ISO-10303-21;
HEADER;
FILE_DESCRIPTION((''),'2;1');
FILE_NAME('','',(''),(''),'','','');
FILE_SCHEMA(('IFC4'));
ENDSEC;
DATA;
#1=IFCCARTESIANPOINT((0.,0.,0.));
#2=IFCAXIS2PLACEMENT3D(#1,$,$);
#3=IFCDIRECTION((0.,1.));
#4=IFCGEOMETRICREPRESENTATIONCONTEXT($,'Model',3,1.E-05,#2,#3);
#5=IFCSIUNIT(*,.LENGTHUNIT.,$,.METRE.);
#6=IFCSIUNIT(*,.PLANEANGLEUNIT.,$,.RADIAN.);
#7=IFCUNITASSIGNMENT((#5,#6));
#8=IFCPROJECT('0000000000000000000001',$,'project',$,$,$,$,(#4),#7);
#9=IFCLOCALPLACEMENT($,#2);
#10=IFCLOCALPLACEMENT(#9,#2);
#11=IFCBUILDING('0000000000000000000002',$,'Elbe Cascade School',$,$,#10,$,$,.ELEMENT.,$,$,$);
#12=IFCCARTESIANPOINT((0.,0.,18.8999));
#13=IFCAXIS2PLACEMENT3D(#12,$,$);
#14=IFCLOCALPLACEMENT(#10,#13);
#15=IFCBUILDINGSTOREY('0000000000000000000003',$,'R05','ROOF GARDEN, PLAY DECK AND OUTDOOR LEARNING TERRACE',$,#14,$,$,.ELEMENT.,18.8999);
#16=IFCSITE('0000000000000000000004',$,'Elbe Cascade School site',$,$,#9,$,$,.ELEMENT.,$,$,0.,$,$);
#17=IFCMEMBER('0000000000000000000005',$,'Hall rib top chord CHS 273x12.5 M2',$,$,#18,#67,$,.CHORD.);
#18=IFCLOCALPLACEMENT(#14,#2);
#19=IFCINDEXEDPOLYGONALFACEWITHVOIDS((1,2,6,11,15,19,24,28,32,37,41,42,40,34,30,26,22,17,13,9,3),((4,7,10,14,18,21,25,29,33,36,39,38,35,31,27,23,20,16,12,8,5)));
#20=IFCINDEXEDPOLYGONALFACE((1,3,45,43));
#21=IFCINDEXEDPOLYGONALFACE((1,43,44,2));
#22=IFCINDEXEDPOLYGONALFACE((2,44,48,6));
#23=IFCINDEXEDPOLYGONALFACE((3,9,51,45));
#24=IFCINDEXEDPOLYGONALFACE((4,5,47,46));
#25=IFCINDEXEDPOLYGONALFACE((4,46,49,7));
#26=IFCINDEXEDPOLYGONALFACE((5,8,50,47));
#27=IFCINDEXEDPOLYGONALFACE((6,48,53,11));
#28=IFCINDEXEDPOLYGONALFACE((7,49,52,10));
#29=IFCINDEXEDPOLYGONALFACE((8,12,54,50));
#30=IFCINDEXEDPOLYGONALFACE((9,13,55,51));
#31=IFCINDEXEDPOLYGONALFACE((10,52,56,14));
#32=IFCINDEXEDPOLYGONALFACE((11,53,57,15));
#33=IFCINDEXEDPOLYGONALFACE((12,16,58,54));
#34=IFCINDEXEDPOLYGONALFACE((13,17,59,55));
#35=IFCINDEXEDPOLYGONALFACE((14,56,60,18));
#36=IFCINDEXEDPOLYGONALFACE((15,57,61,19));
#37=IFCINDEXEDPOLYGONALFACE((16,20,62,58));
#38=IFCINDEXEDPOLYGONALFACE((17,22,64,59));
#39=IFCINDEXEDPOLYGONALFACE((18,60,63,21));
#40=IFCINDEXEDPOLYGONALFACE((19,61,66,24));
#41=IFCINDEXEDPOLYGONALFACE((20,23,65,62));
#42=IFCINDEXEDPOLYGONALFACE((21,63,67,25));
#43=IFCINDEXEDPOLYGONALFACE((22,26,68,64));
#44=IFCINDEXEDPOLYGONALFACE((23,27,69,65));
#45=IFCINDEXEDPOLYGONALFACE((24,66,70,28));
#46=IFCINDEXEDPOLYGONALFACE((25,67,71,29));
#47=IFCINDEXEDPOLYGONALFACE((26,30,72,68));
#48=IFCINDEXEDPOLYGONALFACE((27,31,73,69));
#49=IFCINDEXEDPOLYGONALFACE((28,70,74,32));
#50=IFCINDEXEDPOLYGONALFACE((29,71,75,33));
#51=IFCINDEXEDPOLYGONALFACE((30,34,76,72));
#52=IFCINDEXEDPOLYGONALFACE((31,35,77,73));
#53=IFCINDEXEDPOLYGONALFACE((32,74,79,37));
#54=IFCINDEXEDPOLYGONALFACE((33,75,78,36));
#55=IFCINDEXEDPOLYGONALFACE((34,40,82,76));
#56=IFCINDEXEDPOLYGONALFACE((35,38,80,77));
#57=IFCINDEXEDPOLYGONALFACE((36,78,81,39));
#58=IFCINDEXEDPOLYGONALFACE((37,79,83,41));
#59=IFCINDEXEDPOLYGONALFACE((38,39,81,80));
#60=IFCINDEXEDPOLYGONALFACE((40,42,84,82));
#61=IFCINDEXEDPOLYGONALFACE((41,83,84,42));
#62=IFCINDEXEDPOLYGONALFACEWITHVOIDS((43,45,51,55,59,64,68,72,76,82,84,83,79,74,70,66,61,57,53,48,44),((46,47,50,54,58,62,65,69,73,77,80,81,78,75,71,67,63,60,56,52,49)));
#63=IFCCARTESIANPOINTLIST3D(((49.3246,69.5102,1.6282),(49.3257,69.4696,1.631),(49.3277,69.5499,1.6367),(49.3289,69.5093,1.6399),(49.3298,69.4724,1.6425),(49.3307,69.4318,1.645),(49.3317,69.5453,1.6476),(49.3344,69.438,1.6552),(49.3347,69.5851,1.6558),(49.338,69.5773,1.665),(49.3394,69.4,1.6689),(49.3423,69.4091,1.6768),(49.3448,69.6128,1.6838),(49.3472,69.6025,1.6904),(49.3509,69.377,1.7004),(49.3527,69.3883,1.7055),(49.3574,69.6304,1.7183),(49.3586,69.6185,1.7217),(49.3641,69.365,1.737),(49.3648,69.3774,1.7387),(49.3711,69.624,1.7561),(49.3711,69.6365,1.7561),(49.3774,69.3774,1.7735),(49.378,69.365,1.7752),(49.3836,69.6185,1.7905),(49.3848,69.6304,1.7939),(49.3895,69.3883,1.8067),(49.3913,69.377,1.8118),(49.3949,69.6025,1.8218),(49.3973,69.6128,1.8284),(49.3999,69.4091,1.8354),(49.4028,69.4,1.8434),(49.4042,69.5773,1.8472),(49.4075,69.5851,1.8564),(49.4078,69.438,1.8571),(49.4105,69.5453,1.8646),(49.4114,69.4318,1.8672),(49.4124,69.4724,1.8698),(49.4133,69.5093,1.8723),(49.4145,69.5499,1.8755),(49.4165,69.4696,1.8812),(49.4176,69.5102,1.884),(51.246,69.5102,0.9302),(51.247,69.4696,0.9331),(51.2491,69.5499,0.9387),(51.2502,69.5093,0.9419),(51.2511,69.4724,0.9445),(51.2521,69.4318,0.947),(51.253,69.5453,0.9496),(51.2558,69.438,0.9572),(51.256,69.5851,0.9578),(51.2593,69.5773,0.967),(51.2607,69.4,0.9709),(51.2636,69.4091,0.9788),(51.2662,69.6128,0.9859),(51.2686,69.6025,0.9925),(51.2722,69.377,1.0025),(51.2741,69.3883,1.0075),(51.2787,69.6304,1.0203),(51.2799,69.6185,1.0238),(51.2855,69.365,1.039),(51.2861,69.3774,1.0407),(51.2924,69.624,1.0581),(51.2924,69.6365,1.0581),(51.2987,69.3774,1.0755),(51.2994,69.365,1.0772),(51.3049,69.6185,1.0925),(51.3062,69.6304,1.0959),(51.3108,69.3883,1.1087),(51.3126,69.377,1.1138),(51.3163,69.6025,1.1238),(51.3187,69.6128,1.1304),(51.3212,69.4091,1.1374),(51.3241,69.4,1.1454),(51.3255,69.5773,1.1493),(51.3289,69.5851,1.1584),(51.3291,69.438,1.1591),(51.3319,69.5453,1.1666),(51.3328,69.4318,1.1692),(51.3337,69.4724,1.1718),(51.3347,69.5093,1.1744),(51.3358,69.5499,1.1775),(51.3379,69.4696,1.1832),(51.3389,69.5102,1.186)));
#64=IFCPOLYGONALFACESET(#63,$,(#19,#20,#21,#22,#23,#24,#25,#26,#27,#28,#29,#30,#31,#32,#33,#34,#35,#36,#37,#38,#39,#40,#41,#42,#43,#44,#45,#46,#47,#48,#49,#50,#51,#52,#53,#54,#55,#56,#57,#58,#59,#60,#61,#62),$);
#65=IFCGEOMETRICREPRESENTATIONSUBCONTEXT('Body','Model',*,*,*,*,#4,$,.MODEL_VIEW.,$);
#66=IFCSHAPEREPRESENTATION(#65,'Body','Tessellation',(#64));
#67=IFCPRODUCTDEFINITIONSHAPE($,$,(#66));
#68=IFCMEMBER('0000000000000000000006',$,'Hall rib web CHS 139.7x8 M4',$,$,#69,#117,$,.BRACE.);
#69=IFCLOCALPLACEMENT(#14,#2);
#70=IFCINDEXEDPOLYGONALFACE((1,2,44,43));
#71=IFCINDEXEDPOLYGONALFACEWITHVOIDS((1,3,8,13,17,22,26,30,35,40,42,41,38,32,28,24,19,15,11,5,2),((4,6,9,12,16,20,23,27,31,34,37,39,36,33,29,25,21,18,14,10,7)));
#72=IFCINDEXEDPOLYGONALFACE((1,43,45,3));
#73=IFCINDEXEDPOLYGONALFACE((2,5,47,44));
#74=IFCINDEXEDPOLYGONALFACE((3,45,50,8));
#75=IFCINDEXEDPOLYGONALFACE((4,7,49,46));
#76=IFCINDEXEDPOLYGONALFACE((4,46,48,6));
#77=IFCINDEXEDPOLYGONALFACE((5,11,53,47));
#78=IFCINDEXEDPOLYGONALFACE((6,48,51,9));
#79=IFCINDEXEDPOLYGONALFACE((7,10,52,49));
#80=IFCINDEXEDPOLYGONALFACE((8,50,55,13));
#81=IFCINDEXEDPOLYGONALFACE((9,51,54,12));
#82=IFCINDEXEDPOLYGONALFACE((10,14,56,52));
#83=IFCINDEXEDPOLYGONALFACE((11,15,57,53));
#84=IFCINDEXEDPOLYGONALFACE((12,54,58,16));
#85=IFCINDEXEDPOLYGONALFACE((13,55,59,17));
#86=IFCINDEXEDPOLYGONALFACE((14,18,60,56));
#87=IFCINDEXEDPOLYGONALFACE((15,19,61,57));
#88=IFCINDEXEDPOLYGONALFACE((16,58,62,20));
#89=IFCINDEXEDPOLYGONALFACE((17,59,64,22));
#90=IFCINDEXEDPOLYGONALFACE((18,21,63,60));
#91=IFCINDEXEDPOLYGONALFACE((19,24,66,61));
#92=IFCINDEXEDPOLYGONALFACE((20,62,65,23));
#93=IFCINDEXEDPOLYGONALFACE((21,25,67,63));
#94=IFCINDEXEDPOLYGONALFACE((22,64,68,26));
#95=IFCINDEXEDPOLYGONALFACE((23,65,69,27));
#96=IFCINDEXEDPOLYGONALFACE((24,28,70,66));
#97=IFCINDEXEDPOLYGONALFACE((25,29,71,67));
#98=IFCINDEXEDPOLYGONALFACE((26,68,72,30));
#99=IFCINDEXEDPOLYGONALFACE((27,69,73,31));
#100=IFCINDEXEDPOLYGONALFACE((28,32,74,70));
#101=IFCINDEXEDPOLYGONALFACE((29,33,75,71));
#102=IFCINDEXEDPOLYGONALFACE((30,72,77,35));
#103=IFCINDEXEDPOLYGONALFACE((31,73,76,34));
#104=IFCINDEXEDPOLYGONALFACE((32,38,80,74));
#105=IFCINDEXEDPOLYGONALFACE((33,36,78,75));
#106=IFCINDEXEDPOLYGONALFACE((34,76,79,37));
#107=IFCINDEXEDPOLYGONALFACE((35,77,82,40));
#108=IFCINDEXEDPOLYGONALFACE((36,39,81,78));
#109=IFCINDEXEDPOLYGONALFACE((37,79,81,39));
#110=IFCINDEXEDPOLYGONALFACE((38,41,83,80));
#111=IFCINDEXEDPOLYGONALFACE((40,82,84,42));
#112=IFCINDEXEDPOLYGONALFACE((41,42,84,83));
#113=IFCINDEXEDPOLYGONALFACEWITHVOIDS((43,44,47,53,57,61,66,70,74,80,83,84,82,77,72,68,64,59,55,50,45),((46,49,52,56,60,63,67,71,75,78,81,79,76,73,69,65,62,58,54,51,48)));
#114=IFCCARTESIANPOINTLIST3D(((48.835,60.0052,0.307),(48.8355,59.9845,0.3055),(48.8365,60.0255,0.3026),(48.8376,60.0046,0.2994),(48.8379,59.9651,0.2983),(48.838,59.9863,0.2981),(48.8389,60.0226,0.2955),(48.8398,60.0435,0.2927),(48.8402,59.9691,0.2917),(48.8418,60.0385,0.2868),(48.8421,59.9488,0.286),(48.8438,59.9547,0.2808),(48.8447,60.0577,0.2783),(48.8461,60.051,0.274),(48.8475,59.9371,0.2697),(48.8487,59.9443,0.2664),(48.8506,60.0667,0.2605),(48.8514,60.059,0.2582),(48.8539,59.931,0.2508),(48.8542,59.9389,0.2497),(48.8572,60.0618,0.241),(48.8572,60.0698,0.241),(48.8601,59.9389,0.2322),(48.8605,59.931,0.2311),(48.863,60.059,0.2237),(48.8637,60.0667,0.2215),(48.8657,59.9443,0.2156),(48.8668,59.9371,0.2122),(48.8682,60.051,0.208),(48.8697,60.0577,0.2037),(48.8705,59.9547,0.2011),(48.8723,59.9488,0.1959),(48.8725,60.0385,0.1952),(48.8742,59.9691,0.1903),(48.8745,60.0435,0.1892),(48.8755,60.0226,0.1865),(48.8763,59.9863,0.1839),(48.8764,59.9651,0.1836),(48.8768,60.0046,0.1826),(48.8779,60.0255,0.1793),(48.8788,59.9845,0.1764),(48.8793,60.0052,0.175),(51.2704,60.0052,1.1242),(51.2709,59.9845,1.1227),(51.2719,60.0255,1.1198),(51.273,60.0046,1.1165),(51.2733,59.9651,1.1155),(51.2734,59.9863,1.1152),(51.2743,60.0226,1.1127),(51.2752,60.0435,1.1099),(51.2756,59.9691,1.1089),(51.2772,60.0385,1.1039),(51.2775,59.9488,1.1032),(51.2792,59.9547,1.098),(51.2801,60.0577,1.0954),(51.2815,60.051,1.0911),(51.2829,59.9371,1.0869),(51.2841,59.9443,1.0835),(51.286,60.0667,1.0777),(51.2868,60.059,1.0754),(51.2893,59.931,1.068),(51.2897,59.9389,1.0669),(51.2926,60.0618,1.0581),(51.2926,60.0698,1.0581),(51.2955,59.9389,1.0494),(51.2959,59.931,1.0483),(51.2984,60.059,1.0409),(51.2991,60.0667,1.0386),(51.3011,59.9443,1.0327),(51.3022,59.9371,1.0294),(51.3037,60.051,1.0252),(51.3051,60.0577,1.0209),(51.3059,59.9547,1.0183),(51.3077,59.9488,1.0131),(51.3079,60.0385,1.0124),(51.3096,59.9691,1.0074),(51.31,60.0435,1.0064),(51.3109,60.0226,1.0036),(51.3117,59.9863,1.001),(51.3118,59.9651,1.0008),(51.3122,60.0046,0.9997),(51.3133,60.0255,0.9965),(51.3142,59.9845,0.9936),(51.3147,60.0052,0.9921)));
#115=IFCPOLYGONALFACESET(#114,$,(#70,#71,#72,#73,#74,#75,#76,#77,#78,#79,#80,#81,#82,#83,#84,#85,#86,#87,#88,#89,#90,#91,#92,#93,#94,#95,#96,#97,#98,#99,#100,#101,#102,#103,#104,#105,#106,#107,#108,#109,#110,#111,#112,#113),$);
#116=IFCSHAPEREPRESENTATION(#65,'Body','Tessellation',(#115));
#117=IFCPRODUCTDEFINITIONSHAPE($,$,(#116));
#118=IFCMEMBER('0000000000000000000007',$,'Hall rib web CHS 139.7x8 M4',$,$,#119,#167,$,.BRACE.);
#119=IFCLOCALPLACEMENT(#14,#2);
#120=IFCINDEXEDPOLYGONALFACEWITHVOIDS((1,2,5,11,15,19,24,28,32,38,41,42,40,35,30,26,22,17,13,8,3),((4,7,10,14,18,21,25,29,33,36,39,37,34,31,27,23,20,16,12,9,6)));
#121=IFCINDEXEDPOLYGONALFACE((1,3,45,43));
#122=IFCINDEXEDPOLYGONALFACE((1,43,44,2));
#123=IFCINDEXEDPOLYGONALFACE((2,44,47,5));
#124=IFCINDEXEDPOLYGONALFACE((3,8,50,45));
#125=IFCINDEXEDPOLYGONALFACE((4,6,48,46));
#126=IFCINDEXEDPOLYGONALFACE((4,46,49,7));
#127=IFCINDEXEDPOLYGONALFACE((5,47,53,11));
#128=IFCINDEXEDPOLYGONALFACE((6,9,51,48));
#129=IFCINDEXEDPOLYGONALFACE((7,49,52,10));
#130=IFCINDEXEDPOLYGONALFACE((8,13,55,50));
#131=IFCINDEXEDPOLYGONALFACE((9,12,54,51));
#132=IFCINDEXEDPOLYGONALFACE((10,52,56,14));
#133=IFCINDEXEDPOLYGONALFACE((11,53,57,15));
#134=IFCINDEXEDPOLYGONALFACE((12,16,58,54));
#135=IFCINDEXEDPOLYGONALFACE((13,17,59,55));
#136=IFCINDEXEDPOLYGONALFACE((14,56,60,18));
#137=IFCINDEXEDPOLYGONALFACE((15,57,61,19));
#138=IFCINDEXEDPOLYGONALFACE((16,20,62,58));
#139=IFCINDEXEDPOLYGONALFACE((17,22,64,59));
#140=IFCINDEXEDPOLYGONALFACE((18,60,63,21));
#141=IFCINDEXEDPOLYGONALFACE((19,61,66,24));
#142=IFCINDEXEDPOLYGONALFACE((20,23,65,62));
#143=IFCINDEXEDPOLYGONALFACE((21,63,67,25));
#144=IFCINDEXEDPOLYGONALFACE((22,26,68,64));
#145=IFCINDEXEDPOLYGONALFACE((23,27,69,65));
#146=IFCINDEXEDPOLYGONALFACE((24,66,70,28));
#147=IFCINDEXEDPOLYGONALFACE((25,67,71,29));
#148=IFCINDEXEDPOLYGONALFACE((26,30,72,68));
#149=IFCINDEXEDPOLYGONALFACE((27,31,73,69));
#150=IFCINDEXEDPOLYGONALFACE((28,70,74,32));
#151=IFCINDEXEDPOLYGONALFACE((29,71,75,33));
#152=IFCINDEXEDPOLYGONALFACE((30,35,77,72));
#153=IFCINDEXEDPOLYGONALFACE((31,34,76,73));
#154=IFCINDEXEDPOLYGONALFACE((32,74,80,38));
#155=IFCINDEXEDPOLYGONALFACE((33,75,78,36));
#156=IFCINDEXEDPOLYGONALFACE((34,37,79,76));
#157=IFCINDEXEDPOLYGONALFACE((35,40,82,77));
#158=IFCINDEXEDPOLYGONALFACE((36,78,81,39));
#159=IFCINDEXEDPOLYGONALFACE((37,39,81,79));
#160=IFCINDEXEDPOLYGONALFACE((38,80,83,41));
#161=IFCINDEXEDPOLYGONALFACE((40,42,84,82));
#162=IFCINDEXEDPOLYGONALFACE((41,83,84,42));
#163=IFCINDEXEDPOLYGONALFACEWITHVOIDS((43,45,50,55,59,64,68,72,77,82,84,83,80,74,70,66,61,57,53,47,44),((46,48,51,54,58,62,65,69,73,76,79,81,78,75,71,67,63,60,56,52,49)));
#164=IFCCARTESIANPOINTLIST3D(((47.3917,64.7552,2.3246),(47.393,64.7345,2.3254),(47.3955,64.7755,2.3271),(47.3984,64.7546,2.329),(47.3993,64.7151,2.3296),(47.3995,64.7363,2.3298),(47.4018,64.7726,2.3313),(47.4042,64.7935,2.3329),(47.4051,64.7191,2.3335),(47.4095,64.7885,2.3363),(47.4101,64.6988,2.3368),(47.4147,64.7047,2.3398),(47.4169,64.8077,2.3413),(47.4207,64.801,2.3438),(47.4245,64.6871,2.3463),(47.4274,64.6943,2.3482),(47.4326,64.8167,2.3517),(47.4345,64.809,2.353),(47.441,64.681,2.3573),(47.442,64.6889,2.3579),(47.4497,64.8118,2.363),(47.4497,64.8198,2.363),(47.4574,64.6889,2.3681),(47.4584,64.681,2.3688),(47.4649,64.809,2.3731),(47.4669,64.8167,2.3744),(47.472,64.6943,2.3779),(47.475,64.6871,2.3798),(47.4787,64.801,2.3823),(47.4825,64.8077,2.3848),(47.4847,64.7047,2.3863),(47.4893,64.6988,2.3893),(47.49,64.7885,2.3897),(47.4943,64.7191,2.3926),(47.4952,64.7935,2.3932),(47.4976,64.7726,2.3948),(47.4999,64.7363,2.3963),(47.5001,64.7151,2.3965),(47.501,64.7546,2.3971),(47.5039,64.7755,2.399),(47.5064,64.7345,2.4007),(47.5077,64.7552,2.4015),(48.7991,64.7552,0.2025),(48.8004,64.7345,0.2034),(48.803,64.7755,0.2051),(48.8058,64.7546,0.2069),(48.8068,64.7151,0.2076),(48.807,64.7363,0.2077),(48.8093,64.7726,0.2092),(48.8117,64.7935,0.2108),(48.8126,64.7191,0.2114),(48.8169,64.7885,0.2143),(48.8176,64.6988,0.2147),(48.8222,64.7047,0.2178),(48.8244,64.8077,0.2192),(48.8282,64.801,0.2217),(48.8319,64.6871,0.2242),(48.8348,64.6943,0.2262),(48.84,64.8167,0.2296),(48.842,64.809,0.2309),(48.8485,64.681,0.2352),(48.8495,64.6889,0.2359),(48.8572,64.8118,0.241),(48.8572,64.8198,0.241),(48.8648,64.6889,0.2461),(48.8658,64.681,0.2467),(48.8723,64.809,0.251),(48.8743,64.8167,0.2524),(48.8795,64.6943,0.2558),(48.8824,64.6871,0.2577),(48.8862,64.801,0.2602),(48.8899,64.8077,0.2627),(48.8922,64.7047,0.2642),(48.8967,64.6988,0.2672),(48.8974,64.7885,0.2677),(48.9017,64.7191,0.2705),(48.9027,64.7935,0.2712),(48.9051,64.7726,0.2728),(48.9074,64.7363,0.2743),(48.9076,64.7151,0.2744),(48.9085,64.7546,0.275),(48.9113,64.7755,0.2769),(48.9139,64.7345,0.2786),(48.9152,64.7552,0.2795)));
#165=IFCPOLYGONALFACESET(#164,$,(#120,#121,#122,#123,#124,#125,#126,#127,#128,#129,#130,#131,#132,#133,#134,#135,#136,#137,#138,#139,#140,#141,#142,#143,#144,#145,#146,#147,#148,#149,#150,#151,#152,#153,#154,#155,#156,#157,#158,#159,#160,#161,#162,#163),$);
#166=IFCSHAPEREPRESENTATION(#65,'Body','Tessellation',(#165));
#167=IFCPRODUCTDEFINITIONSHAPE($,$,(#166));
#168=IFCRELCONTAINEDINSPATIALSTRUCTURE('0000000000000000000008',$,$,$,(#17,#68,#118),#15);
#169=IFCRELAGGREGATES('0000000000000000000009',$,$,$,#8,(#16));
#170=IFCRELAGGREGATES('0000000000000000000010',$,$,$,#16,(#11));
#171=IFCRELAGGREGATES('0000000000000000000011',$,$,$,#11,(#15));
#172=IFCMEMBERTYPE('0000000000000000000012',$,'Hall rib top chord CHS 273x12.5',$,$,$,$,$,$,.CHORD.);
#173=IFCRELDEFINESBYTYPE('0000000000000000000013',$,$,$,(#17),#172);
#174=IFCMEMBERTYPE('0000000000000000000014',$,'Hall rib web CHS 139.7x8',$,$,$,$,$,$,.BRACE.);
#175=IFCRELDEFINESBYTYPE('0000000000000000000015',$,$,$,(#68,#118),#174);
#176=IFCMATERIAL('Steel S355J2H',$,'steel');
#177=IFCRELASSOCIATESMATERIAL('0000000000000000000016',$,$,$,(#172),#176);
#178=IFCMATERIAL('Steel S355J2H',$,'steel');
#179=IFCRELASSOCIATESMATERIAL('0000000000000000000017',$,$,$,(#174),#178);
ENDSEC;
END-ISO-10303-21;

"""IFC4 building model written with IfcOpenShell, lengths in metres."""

from ifc_helpers import new_model, si_unit, direction, frame, origin, origin_2d, place, context, subcontext, project, spatial, hollow_circle, extrude, material, material_profile, profile_set, type_object, element, save


model = new_model("IFC4")

# Units and contexts
model_context = context("Model", 3, precision=1e-05, world=origin(), true_north=direction((0.0, 1.0)))
body_context = subcontext(model_context, "Body", "Model", "MODEL_VIEW")
ifc_project = project(units=[si_unit("LENGTHUNIT", "METRE"), si_unit("PLANEANGLEUNIT", "RADIAN")], contexts=[model_context])

# Site, building, storey
site_placement = place(None, origin())
site = spatial("IfcSite", under=ifc_project, at=site_placement, Name="Elbe Cascade School site", CompositionType="ELEMENT", RefElevation=0.0)
building_placement = place(site_placement, origin())
building = spatial("IfcBuilding", under=site, at=building_placement, Name="Elbe Cascade School", CompositionType="ELEMENT")
storey_placement = place(building_placement, frame((0.0, 0.0, 18.8999)))
storey = spatial("IfcBuildingStorey", under=building, at=storey_placement, Name="R05", Description="ROOF GARDEN, PLAY DECK AND OUTDOOR LEARNING TERRACE", CompositionType="ELEMENT", Elevation=18.8999)

# Members
ifc_material_1 = material(Name="Steel S355J2H", Category="steel")
ifc_material_profile_1 = material_profile(ifc_material_1, hollow_circle(Radius=0.1365, WallThickness=0.0125, at=origin_2d()), Name="CHS 273x12.5")
ifc_profile_set_1 = profile_set([ifc_material_profile_1], Name="Steel S355J2H")
member_type_1 = type_object("IfcMemberType", Name="Hall rib top chord CHS 273x12.5", PredefinedType="CHORD", material=ifc_profile_set_1)
member_1_placement = place(storey_placement, frame((49.3711, 69.5, 1.7561), z_axis=(0.939901, 0.0, -0.341446), x_axis=(0.0, 1.0, 0.0)))
element("IfcMember", 1, at=member_1_placement, inside=storey, type_object=member_type_1, Name="Hall rib top chord CHS 273x12.5 M2", PredefinedType="CHORD", context=body_context, shape_type="SweptSolid", body=[
    extrude(hollow_circle(Radius=0.1365, WallThickness=0.0125, at=origin_2d()), origin(), (0.0, 0.0, 1.0), 2.0442),
])
ifc_material_2 = material(Name="Steel S355J2H", Category="steel")
ifc_material_profile_2 = material_profile(ifc_material_2, hollow_circle(Radius=0.0698, WallThickness=0.0081, at=origin_2d()), Name="CHS 139.7x8")
ifc_profile_set_2 = profile_set([ifc_material_profile_2], Name="Steel S355J2H")
member_type_2 = type_object("IfcMemberType", Name="Hall rib web CHS 139.7x8", PredefinedType="BRACE", material=ifc_profile_set_2)
member_2_placement = place(storey_placement, frame((48.8572, 60.0, 0.241), z_axis=(0.948054, 0.0, 0.318109), x_axis=(0.0, 1.0, 0.0)))
element("IfcMember", 2, at=member_2_placement, inside=storey, type_object=member_type_2, Name="Hall rib web CHS 139.7x8 M4", PredefinedType="BRACE", context=body_context, shape_type="SweptSolid", body=[
    extrude(hollow_circle(Radius=0.0698, WallThickness=0.0081, at=origin_2d()), origin(), (0.0, 0.0, 1.0), 2.5688),
])
member_3_placement = place(storey_placement, frame((47.4497, 64.75, 2.363), z_axis=(0.552729, 0.0, -0.833361), x_axis=(0.0, 1.0, 0.0)))
element("IfcMember", 3, at=member_3_placement, inside=storey, type_object=member_type_2, Name="Hall rib web CHS 139.7x8 M4", PredefinedType="BRACE", context=body_context, shape_type="SweptSolid", body=[
    extrude(hollow_circle(Radius=0.0698, WallThickness=0.0081, at=origin_2d()), origin(), (0.0, 0.0, 1.0), 2.5464),
])

save(model, "model.ifc")
